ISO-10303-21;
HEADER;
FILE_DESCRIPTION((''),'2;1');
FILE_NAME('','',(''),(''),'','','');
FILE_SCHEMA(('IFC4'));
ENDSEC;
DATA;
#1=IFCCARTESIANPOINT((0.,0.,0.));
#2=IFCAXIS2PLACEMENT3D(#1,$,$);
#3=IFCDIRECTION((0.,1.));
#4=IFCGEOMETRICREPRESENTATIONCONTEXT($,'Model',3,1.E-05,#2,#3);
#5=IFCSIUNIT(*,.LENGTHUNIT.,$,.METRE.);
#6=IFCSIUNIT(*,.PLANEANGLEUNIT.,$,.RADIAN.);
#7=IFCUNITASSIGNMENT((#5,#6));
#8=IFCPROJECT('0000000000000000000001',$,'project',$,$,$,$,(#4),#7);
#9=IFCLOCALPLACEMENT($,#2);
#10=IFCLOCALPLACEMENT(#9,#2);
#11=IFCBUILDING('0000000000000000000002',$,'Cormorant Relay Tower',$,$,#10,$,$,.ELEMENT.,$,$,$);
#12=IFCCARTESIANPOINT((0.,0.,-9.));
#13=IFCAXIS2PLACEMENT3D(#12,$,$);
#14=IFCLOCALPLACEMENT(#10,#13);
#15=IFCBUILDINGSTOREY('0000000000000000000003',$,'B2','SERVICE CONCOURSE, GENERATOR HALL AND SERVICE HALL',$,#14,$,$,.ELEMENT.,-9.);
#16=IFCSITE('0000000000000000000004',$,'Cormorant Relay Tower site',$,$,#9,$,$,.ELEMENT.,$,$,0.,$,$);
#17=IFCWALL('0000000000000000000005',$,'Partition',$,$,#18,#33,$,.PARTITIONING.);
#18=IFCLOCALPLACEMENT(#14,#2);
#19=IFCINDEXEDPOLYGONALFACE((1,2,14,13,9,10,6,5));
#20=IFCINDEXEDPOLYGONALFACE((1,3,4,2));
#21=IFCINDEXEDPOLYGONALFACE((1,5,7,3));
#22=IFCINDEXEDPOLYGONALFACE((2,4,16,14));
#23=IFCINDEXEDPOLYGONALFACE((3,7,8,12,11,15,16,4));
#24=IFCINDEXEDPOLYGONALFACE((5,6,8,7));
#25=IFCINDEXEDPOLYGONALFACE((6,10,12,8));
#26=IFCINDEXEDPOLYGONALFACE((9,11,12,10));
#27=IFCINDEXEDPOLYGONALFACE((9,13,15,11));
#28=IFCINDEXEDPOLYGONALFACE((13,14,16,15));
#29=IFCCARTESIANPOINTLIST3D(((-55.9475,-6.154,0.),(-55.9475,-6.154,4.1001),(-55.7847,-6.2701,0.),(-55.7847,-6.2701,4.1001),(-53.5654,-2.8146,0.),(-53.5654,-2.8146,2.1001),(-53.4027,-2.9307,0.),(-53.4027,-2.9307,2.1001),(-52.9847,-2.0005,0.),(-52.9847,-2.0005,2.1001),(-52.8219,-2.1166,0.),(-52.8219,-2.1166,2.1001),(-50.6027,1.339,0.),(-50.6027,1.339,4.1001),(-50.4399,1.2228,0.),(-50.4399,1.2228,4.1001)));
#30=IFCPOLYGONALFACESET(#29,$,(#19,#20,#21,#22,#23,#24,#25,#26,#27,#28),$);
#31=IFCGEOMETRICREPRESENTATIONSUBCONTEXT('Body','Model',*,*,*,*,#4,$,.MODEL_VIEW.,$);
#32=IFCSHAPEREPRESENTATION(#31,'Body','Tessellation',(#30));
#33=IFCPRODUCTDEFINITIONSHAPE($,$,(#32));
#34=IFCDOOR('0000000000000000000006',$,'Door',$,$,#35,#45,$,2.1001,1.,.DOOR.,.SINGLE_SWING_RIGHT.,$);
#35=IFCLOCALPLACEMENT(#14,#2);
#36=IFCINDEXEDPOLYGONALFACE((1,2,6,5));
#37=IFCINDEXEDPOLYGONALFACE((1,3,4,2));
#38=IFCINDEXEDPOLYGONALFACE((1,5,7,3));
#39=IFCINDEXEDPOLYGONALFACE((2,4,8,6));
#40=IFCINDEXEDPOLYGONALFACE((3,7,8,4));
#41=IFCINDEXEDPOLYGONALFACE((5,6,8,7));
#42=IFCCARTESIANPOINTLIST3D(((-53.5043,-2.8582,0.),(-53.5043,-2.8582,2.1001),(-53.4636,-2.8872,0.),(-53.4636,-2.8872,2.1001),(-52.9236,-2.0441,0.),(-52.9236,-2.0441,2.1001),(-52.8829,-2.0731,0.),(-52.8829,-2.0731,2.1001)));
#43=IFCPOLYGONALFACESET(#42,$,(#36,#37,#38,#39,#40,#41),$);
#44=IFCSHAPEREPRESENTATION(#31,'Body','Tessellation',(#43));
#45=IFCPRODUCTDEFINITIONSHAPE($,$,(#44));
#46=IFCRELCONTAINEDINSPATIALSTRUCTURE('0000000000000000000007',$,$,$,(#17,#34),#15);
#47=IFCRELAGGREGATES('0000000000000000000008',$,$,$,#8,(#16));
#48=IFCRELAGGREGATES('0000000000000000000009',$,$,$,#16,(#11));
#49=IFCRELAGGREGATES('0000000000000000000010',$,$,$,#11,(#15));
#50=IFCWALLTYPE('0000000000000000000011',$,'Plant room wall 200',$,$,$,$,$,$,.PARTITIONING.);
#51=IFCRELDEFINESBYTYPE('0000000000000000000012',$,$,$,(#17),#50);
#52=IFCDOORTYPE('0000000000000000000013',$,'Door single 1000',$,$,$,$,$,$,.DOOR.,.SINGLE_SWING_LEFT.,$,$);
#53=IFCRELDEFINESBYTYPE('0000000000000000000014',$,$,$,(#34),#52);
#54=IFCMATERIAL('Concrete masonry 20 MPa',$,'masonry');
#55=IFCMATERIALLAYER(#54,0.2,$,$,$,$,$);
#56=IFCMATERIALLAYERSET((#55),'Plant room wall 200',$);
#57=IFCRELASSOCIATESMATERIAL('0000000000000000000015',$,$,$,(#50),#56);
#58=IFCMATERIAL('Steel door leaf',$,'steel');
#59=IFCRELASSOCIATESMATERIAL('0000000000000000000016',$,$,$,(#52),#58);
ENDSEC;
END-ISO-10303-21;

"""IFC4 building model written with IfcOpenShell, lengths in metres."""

from ifc_helpers import new_model, si_unit, direction, frame, frame_2d, origin, place, context, subcontext, project, spatial, rectangle, extrude, material, layer, layer_set, type_object, element, fill, save


model = new_model("IFC4")

# Units and contexts
model_context = context("Model", 3, precision=1e-05, world=origin(), true_north=direction((0.0, 1.0)))
body_context = subcontext(model_context, "Body", "Model", "MODEL_VIEW")
ifc_project = project(units=[si_unit("LENGTHUNIT", "METRE"), si_unit("PLANEANGLEUNIT", "RADIAN")], contexts=[model_context])

# Site, building, storey
site_placement = place(None, origin())
site = spatial("IfcSite", under=ifc_project, at=site_placement, Name="Cormorant Relay Tower site", CompositionType="ELEMENT", RefElevation=0.0)
building_placement = place(site_placement, origin())
building = spatial("IfcBuilding", under=site, at=building_placement, Name="Cormorant Relay Tower", CompositionType="ELEMENT")
storey_placement = place(building_placement, frame((0.0, 0.0, -9.0)))
storey = spatial("IfcBuildingStorey", under=building, at=storey_placement, Name="B2", Description="SERVICE CONCOURSE, GENERATOR HALL AND SERVICE HALL", CompositionType="ELEMENT", Elevation=-9.0)

# Wall, opening, door
ifc_material_1 = material(Name="Concrete masonry 20 MPa", Category="masonry")
ifc_layer_1 = layer(ifc_material_1, 0.2)
ifc_layer_set_1 = layer_set([ifc_layer_1], Name="Plant room wall 200")
wall_type_1 = type_object("IfcWallType", Name="Plant room wall 200", PredefinedType="PARTITIONING", material=ifc_layer_set_1)
wall_1_placement = place(storey_placement, frame((-50.5212, 1.281, 0.0), z_axis=(0.0, 0.0, 1.0), x_axis=(-0.580709, -0.814111, 0.0)))
wall_1 = element("IfcWall", 1, at=wall_1_placement, inside=storey, type_object=wall_type_1, Name="Partition", PredefinedType="PARTITIONING", context=body_context, shape_type="SweptSolid", body=[
    extrude(rectangle(XDim=9.2039, YDim=0.2, at=frame_2d((4.6021, 0.0))), origin(), (0.0, 0.0, 1.0), 4.1001),
])
opening_placement = place(wall_1_placement, frame((4.1021, 0.0, 0.0)))
opening = element("IfcOpeningElement", 2, at=opening_placement, cuts=wall_1, PredefinedType="OPENING", context=body_context, shape_type="SweptSolid", body=[
    extrude(rectangle(XDim=1.0, YDim=2.1001, at=frame_2d((0.5, 1.05))), frame((0.0, 0.1099, 0.0), z_axis=(0.0, -1.0, 0.0), x_axis=(1.0, 0.0, 0.0)), (0.0, 0.0, 1.0), 0.22),
])
ifc_material_2 = material(Name="Steel door leaf", Category="steel")
door_type = type_object("IfcDoorType", Name="Door single 1000", OperationType="SINGLE_SWING_LEFT", PredefinedType="DOOR", material=ifc_material_2)
door_placement = place(opening_placement, frame((1.0, 0.0, 0.0), z_axis=(0.0, 0.0, 1.0), x_axis=(-1.0, 0.0, 0.0)))
door = element("IfcDoor", 3, at=door_placement, inside=storey, type_object=door_type, Name="Door", OperationType="SINGLE_SWING_RIGHT", OverallHeight=2.1001, OverallWidth=1.0, PredefinedType="DOOR", context=body_context, shape_type="SweptSolid", body=[
    extrude(rectangle(XDim=1.0, YDim=2.1001, at=frame_2d((0.5, 1.05))), frame((0.0, 0.0249, 0.0), z_axis=(0.0, -1.0, 0.0), x_axis=(1.0, 0.0, 0.0)), (0.0, 0.0, 1.0), 0.05),
])
fill(opening, door)

save(model, "model.ifc")
